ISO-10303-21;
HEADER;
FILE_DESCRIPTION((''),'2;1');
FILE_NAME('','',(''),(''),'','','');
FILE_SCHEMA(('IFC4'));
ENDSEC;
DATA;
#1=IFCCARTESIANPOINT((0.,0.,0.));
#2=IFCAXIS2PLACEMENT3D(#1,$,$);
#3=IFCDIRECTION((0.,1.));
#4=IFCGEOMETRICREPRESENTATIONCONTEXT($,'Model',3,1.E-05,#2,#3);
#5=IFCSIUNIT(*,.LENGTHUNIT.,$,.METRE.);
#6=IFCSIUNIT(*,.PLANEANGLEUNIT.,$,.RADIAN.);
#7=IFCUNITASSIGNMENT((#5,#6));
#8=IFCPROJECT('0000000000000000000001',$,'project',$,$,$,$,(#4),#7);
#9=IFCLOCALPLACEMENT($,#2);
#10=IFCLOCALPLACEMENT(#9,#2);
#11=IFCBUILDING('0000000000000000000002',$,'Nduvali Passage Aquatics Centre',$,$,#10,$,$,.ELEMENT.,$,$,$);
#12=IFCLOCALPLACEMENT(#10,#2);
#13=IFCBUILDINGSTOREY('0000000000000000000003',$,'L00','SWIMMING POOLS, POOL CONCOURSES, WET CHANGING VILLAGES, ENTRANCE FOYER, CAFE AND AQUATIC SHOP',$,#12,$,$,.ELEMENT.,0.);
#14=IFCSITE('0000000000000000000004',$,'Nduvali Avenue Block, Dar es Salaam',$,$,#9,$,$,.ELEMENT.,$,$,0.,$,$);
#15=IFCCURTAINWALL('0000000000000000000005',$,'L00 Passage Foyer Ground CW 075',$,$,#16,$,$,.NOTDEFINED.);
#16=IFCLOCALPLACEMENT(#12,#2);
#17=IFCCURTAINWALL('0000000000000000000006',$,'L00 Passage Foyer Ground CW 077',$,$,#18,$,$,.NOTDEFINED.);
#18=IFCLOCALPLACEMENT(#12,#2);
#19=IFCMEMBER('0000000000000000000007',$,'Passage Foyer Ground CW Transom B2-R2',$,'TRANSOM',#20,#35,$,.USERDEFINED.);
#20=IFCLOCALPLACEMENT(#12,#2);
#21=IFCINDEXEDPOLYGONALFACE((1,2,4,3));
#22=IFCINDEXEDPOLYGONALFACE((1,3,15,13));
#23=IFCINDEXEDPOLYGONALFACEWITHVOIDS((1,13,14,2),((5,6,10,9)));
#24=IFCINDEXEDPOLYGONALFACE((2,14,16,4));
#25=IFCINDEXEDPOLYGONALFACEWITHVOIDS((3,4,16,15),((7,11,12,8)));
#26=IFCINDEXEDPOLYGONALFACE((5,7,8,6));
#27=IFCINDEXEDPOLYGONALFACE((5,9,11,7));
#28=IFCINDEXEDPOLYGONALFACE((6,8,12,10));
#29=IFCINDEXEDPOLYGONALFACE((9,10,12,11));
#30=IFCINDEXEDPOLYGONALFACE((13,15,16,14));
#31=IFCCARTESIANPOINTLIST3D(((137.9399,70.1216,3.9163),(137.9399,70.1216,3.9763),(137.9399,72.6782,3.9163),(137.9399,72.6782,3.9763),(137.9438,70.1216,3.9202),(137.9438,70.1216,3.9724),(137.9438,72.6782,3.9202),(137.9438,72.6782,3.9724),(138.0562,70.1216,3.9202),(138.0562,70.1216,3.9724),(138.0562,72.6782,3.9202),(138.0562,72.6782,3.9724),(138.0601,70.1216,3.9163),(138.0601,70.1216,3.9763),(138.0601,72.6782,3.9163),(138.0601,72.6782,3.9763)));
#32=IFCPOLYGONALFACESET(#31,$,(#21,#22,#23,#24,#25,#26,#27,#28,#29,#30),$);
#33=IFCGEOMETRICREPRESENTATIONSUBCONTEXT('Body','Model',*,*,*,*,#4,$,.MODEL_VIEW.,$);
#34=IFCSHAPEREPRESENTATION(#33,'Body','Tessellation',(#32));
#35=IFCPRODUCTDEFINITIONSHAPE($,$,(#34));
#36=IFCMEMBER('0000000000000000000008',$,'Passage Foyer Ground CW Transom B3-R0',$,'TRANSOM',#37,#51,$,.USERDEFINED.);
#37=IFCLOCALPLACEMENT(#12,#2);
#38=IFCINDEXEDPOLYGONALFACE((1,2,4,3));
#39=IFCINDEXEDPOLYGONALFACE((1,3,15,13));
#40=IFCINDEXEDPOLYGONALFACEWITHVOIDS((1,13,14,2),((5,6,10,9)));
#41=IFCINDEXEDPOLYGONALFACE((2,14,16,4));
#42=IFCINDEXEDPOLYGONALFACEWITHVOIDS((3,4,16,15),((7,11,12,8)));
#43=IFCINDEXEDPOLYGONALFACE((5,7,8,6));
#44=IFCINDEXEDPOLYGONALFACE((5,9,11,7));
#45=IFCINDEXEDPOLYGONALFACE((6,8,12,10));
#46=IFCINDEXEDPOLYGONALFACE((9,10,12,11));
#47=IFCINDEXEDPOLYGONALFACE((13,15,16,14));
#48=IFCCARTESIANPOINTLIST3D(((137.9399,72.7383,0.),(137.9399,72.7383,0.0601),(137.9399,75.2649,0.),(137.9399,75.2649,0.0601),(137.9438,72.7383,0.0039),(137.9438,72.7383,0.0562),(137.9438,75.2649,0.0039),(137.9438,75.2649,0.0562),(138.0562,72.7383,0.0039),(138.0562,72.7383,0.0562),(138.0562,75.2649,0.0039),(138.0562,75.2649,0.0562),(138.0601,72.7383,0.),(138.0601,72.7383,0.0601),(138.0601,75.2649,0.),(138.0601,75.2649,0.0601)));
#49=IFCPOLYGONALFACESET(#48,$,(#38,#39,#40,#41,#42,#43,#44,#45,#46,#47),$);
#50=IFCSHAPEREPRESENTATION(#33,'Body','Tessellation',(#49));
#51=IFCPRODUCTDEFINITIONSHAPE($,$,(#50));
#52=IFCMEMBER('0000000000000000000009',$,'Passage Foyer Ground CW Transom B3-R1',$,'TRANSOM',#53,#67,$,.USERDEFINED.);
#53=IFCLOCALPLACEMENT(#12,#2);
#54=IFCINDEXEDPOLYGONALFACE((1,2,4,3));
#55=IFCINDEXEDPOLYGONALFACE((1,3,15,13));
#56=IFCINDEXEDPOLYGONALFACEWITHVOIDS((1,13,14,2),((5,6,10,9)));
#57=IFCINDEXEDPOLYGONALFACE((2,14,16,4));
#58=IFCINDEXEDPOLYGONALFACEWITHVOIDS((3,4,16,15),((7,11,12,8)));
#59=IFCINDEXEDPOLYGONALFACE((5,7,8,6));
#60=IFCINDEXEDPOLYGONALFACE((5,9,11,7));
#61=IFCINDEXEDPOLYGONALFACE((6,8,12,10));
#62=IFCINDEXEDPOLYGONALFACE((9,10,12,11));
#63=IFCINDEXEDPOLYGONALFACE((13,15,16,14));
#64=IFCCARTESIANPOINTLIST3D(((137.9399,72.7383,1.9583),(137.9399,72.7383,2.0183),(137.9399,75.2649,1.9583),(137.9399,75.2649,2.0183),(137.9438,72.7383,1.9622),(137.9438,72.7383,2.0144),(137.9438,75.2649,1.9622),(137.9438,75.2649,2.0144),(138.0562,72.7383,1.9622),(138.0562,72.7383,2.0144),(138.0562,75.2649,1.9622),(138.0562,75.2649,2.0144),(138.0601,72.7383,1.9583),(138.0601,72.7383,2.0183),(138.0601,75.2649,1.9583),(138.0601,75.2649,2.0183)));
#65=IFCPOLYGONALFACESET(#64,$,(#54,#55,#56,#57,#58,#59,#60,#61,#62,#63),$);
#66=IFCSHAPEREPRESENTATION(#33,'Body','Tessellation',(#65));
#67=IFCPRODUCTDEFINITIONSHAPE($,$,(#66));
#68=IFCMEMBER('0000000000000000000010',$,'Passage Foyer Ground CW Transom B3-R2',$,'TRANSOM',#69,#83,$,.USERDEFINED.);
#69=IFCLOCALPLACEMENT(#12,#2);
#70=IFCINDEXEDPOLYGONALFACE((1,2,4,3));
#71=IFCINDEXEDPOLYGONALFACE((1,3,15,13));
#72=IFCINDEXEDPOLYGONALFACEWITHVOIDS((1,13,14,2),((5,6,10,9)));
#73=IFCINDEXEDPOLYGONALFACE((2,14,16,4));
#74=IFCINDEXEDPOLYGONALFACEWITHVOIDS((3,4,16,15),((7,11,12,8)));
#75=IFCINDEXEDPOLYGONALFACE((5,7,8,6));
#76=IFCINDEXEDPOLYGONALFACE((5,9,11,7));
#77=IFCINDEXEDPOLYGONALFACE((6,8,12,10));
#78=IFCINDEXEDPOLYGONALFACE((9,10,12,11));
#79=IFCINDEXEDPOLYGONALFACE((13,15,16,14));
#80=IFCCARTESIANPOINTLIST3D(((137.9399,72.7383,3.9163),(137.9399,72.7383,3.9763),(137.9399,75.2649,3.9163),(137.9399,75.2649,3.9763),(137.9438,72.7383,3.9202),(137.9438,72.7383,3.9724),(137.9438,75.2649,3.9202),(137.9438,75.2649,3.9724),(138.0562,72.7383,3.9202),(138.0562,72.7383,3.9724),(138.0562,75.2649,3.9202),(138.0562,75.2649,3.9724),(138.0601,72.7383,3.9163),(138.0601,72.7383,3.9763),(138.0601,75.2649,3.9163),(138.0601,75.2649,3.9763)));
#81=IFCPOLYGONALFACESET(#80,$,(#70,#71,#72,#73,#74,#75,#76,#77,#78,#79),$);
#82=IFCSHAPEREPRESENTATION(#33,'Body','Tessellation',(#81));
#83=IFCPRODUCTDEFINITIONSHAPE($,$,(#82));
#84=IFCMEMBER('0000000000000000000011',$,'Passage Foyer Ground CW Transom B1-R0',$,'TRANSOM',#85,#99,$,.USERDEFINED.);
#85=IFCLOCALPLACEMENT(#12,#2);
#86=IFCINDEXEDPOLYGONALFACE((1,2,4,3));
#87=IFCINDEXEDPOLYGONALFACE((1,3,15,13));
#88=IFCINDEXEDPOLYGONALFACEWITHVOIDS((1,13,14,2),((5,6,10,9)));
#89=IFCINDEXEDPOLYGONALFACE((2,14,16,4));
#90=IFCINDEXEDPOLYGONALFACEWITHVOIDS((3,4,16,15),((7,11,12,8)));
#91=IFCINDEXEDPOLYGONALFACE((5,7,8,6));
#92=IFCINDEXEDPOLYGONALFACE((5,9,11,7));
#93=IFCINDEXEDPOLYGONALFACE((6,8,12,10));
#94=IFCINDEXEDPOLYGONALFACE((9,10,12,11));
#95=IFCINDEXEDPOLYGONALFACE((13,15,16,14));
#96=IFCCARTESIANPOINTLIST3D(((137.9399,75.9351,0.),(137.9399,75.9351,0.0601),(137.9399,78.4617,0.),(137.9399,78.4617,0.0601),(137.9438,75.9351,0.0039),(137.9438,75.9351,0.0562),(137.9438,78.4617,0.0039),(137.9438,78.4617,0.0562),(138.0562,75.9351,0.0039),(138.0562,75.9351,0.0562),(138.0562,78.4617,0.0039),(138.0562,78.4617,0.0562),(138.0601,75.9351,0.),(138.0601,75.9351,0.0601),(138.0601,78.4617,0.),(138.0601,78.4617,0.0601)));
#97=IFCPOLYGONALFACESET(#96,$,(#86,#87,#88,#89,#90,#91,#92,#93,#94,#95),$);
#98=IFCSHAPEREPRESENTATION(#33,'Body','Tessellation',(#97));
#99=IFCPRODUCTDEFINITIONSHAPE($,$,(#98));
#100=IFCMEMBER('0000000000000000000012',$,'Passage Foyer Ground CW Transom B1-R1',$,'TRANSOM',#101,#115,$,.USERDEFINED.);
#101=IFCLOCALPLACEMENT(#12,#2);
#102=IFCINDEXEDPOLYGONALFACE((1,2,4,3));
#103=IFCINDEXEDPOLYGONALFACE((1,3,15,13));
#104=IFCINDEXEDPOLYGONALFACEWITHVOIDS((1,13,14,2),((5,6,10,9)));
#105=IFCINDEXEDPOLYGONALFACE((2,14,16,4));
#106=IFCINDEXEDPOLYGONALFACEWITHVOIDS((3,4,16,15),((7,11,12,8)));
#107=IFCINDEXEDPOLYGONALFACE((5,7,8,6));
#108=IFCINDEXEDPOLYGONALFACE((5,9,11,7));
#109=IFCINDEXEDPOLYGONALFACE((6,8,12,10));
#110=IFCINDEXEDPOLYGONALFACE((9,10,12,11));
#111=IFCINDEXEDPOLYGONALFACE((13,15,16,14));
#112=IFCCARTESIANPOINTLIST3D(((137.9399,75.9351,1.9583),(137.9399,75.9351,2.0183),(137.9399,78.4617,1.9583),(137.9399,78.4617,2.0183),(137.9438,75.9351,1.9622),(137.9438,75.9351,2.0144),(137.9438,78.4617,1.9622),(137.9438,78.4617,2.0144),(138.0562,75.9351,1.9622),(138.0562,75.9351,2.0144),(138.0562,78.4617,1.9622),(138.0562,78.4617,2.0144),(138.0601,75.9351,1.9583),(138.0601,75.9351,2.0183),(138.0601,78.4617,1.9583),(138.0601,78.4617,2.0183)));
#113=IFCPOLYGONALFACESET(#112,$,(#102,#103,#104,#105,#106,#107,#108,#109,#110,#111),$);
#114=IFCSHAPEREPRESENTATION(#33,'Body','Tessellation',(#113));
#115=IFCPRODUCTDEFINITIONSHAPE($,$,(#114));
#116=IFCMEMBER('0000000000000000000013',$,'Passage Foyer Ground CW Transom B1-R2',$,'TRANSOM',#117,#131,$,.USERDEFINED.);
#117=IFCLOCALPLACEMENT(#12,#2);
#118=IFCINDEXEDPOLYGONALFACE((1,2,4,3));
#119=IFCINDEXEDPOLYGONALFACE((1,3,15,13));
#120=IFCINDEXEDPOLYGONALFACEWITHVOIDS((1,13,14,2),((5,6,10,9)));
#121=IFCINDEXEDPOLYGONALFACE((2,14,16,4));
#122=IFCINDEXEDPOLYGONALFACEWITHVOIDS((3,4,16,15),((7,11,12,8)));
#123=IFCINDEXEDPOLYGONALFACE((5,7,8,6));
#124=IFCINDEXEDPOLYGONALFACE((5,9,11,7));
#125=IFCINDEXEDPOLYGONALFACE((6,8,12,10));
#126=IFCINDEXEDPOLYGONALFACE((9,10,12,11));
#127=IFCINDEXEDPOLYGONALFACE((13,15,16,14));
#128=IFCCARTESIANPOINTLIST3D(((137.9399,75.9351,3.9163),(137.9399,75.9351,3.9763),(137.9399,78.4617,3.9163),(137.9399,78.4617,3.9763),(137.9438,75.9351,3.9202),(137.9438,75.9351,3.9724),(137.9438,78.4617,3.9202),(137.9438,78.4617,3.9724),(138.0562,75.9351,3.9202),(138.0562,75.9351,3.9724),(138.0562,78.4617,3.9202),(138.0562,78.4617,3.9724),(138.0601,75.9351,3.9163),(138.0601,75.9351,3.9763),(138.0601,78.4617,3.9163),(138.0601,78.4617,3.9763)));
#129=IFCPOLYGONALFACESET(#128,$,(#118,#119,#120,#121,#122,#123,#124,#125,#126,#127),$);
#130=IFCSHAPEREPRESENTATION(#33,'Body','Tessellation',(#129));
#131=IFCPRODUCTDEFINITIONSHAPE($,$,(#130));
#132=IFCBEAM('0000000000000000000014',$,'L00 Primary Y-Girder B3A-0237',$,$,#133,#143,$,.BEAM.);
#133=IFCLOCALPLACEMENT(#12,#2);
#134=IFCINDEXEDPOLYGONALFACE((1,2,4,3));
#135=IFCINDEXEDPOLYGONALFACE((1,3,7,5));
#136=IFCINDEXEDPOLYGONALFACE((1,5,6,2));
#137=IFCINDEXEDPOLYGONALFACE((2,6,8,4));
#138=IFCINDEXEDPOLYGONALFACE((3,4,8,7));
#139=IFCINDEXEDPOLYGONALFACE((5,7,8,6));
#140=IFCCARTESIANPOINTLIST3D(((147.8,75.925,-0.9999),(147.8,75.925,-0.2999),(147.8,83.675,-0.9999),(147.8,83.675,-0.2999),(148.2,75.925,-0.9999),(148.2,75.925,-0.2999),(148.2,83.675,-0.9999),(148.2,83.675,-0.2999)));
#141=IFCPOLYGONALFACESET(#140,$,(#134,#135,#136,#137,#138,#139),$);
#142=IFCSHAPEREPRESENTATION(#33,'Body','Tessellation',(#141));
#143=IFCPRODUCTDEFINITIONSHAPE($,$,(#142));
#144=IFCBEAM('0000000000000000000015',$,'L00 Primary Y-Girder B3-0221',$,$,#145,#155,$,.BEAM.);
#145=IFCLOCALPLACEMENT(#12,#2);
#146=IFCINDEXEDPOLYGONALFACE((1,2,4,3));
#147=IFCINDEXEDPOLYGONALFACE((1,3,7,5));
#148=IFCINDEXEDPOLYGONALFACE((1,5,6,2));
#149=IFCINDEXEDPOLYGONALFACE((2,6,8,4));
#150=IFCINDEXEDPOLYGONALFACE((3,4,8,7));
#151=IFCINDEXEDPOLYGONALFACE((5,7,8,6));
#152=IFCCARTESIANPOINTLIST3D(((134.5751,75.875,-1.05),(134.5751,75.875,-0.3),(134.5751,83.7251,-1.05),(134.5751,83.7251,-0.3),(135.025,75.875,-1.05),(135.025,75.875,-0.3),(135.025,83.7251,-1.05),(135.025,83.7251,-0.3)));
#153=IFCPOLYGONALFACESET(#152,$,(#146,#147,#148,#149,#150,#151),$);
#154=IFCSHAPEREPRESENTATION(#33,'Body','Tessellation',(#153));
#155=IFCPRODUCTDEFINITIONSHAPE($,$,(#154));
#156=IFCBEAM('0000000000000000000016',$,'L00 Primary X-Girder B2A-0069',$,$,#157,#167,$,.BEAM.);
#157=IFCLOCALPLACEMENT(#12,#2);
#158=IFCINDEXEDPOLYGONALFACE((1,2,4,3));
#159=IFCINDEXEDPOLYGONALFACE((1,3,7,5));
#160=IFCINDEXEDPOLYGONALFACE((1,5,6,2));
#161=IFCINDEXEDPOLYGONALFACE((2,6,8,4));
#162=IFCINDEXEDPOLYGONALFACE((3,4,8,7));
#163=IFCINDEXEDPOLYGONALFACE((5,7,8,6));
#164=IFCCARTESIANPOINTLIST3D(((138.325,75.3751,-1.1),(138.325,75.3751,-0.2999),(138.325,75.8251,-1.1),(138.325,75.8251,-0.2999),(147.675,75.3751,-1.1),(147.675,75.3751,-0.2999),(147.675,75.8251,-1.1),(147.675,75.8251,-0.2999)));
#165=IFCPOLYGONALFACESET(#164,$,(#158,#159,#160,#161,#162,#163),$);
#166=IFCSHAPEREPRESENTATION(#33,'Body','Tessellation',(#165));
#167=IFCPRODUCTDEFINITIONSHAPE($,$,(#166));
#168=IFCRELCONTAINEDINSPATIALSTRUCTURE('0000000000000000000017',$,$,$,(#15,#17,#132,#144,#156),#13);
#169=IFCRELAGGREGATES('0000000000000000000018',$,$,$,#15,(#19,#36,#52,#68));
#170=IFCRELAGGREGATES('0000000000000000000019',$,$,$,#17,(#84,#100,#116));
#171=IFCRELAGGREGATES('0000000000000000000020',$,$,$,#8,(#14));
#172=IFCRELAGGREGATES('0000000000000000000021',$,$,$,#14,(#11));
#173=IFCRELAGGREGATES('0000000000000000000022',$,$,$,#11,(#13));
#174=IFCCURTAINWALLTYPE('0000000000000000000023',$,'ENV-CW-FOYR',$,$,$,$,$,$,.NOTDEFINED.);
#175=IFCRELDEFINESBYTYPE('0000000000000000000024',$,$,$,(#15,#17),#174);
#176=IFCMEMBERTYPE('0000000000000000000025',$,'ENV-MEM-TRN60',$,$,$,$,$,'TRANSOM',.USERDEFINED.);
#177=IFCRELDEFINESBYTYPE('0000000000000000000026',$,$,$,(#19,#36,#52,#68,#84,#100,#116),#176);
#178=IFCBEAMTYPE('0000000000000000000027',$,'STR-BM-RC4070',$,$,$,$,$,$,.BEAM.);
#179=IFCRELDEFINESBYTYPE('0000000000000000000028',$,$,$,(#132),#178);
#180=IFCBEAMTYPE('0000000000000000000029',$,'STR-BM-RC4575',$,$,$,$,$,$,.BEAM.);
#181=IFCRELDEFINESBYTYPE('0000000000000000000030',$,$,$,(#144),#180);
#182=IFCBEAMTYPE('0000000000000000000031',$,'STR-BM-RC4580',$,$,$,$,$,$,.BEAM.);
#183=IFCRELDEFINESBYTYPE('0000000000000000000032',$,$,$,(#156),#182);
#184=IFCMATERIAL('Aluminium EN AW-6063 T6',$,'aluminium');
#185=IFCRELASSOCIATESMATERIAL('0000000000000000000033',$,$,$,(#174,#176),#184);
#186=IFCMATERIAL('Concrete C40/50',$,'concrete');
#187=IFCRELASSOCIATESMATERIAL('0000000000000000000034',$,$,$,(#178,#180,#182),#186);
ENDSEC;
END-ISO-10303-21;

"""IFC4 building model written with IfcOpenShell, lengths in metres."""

from ifc_helpers import new_model, si_unit, direction, frame, origin, origin_2d, place, context, subcontext, project, spatial, rectangle, hollow_rectangle, extrude, material, material_profile, profile_set, type_object, element, aggregate, save


model = new_model("IFC4")

# Units and contexts
model_context = context("Model", 3, precision=1e-05, world=origin(), true_north=direction((0.0, 1.0)))
body_context = subcontext(model_context, "Body", "Model", "MODEL_VIEW")
ifc_project = project(units=[si_unit("LENGTHUNIT", "METRE"), si_unit("PLANEANGLEUNIT", "RADIAN")], contexts=[model_context])

# Site, building, storey
site_placement = place(None, origin())
site = spatial("IfcSite", under=ifc_project, at=site_placement, Name="Nduvali Avenue Block, Dar es Salaam", CompositionType="ELEMENT", RefElevation=0.0)
building_placement = place(site_placement, origin())
building = spatial("IfcBuilding", under=site, at=building_placement, Name="Nduvali Passage Aquatics Centre", CompositionType="ELEMENT")
storey_placement = place(building_placement, origin())
storey = spatial("IfcBuildingStorey", under=building, at=storey_placement, Name="L00", Description="SWIMMING POOLS, POOL CONCOURSES, WET CHANGING VILLAGES, ENTRANCE FOYER, CAFE AND AQUATIC SHOP", CompositionType="ELEMENT", Elevation=0.0)

# Shared definitions
ifc_material_1 = material(Name="Concrete C40/50", Category="concrete")

# Curtain wall
ifc_material_2 = material(Name="Aluminium EN AW-6063 T6", Category="aluminium")
curtain_wall_type = type_object("IfcCurtainWallType", Name="ENV-CW-FOYR", PredefinedType="NOTDEFINED", material=ifc_material_2)
curtain_wall_1_placement = place(storey_placement, origin())
curtain_wall_1 = element("IfcCurtainWall", 1, at=curtain_wall_1_placement, inside=storey, type_object=curtain_wall_type, Name="L00 Passage Foyer Ground CW 075", PredefinedType="NOTDEFINED")

# Curtain wall
curtain_wall_2_placement = place(storey_placement, origin())
curtain_wall_2 = element("IfcCurtainWall", 2, at=curtain_wall_2_placement, inside=storey, type_object=curtain_wall_type, Name="L00 Passage Foyer Ground CW 077", PredefinedType="NOTDEFINED")

# Members
ifc_material_profile_1 = material_profile(ifc_material_2, hollow_rectangle(XDim=0.1201, YDim=0.0601, WallThickness=0.0039, at=origin_2d()), Name="ALU TRANSOM 120x60x4")
ifc_profile_set_1 = profile_set([ifc_material_profile_1], Name="Aluminium EN AW-6063 T6")
member_type_1 = type_object("IfcMemberType", Name="ENV-MEM-TRN60", ElementType="TRANSOM", PredefinedType="USERDEFINED", material=ifc_profile_set_1)
member_1_placement = place(storey_placement, frame((138.0, 70.1216, 3.9463), z_axis=(0.0, 1.0, 0.0), x_axis=(-1.0, 0.0, 0.0)))
member_1 = element("IfcMember", 3, at=member_1_placement, type_object=member_type_1, Name="Passage Foyer Ground CW Transom B2-R2", ObjectType="TRANSOM", PredefinedType="USERDEFINED", context=body_context, shape_type="SweptSolid", body=[
    extrude(hollow_rectangle(XDim=0.1201, YDim=0.0601, WallThickness=0.0039, at=origin_2d()), origin(), (0.0, 0.0, 1.0), 2.5566),
])
member_2_placement = place(storey_placement, frame((138.0, 72.7383, 0.03), z_axis=(0.0, 1.0, 0.0), x_axis=(-1.0, 0.0, 0.0)))
member_2 = element("IfcMember", 4, at=member_2_placement, type_object=member_type_1, Name="Passage Foyer Ground CW Transom B3-R0", ObjectType="TRANSOM", PredefinedType="USERDEFINED", context=body_context, shape_type="SweptSolid", body=[
    extrude(hollow_rectangle(XDim=0.1201, YDim=0.0601, WallThickness=0.0039, at=origin_2d()), origin(), (0.0, 0.0, 1.0), 2.5266),
])
member_3_placement = place(storey_placement, frame((138.0, 72.7383, 1.9883), z_axis=(0.0, 1.0, 0.0), x_axis=(-1.0, 0.0, 0.0)))
member_3 = element("IfcMember", 5, at=member_3_placement, type_object=member_type_1, Name="Passage Foyer Ground CW Transom B3-R1", ObjectType="TRANSOM", PredefinedType="USERDEFINED", context=body_context, shape_type="SweptSolid", body=[
    extrude(hollow_rectangle(XDim=0.1201, YDim=0.0601, WallThickness=0.0039, at=origin_2d()), origin(), (0.0, 0.0, 1.0), 2.5266),
])
member_4_placement = place(storey_placement, frame((138.0, 72.7383, 3.9463), z_axis=(0.0, 1.0, 0.0), x_axis=(-1.0, 0.0, 0.0)))
member_4 = element("IfcMember", 6, at=member_4_placement, type_object=member_type_1, Name="Passage Foyer Ground CW Transom B3-R2", ObjectType="TRANSOM", PredefinedType="USERDEFINED", context=body_context, shape_type="SweptSolid", body=[
    extrude(hollow_rectangle(XDim=0.1201, YDim=0.0601, WallThickness=0.0039, at=origin_2d()), origin(), (0.0, 0.0, 1.0), 2.5266),
])
member_5_placement = place(storey_placement, frame((138.0, 75.9351, 0.03), z_axis=(0.0, 1.0, 0.0), x_axis=(-1.0, 0.0, 0.0)))
member_5 = element("IfcMember", 7, at=member_5_placement, type_object=member_type_1, Name="Passage Foyer Ground CW Transom B1-R0", ObjectType="TRANSOM", PredefinedType="USERDEFINED", context=body_context, shape_type="SweptSolid", body=[
    extrude(hollow_rectangle(XDim=0.1201, YDim=0.0601, WallThickness=0.0039, at=origin_2d()), origin(), (0.0, 0.0, 1.0), 2.5266),
])
member_6_placement = place(storey_placement, frame((138.0, 75.9351, 1.9883), z_axis=(0.0, 1.0, 0.0), x_axis=(-1.0, 0.0, 0.0)))
member_6 = element("IfcMember", 8, at=member_6_placement, type_object=member_type_1, Name="Passage Foyer Ground CW Transom B1-R1", ObjectType="TRANSOM", PredefinedType="USERDEFINED", context=body_context, shape_type="SweptSolid", body=[
    extrude(hollow_rectangle(XDim=0.1201, YDim=0.0601, WallThickness=0.0039, at=origin_2d()), origin(), (0.0, 0.0, 1.0), 2.5266),
])
member_7_placement = place(storey_placement, frame((138.0, 75.9351, 3.9463), z_axis=(0.0, 1.0, 0.0), x_axis=(-1.0, 0.0, 0.0)))
member_7 = element("IfcMember", 9, at=member_7_placement, type_object=member_type_1, Name="Passage Foyer Ground CW Transom B1-R2", ObjectType="TRANSOM", PredefinedType="USERDEFINED", context=body_context, shape_type="SweptSolid", body=[
    extrude(hollow_rectangle(XDim=0.1201, YDim=0.0601, WallThickness=0.0039, at=origin_2d()), origin(), (0.0, 0.0, 1.0), 2.5266),
])

# Beams
ifc_material_profile_2 = material_profile(ifc_material_1, rectangle(XDim=0.3999, YDim=0.7, at=origin_2d()), Name="RC 400x700")
ifc_profile_set_2 = profile_set([ifc_material_profile_2], Name="Concrete C40/50")
beam_type_1 = type_object("IfcBeamType", Name="STR-BM-RC4070", PredefinedType="BEAM", material=ifc_profile_set_2)
beam_1_placement = place(storey_placement, frame((148.0, 75.925, -0.6499), z_axis=(0.0, 1.0, 0.0), x_axis=(-1.0, 0.0, 0.0)))
element("IfcBeam", 10, at=beam_1_placement, inside=storey, type_object=beam_type_1, Name="L00 Primary Y-Girder B3A-0237", PredefinedType="BEAM", context=body_context, shape_type="SweptSolid", body=[
    extrude(rectangle(XDim=0.3999, YDim=0.7, at=origin_2d()), origin(), (0.0, 0.0, 1.0), 7.75),
])
ifc_material_profile_3 = material_profile(ifc_material_1, rectangle(XDim=0.45, YDim=0.75, at=origin_2d()), Name="RC 450x750")
ifc_profile_set_3 = profile_set([ifc_material_profile_3], Name="Concrete C40/50")
beam_type_2 = type_object("IfcBeamType", Name="STR-BM-RC4575", PredefinedType="BEAM", material=ifc_profile_set_3)
beam_2_placement = place(storey_placement, frame((134.8, 75.875, -0.675), z_axis=(0.0, 1.0, 0.0), x_axis=(-1.0, 0.0, 0.0)))
element("IfcBeam", 11, at=beam_2_placement, inside=storey, type_object=beam_type_2, Name="L00 Primary Y-Girder B3-0221", PredefinedType="BEAM", context=body_context, shape_type="SweptSolid", body=[
    extrude(rectangle(XDim=0.45, YDim=0.75, at=origin_2d()), origin(), (0.0, 0.0, 1.0), 7.8501),
])
ifc_material_profile_4 = material_profile(ifc_material_1, rectangle(XDim=0.45, YDim=0.8, at=origin_2d()), Name="RC 450x800")
ifc_profile_set_4 = profile_set([ifc_material_profile_4], Name="Concrete C40/50")
beam_type_3 = type_object("IfcBeamType", Name="STR-BM-RC4580", PredefinedType="BEAM", material=ifc_profile_set_4)
beam_3_placement = place(storey_placement, frame((138.325, 75.6001, -0.7), z_axis=(1.0, 0.0, 0.0), x_axis=(0.0, 1.0, 0.0)))
element("IfcBeam", 12, at=beam_3_placement, inside=storey, type_object=beam_type_3, Name="L00 Primary X-Girder B2A-0069", PredefinedType="BEAM", context=body_context, shape_type="SweptSolid", body=[
    extrude(rectangle(XDim=0.45, YDim=0.8, at=origin_2d()), origin(), (0.0, 0.0, 1.0), 9.3501),
])

aggregate(curtain_wall_1, [member_1, member_2, member_3, member_4])
aggregate(curtain_wall_2, [member_5, member_6, member_7])

save(model, "model.ifc")
